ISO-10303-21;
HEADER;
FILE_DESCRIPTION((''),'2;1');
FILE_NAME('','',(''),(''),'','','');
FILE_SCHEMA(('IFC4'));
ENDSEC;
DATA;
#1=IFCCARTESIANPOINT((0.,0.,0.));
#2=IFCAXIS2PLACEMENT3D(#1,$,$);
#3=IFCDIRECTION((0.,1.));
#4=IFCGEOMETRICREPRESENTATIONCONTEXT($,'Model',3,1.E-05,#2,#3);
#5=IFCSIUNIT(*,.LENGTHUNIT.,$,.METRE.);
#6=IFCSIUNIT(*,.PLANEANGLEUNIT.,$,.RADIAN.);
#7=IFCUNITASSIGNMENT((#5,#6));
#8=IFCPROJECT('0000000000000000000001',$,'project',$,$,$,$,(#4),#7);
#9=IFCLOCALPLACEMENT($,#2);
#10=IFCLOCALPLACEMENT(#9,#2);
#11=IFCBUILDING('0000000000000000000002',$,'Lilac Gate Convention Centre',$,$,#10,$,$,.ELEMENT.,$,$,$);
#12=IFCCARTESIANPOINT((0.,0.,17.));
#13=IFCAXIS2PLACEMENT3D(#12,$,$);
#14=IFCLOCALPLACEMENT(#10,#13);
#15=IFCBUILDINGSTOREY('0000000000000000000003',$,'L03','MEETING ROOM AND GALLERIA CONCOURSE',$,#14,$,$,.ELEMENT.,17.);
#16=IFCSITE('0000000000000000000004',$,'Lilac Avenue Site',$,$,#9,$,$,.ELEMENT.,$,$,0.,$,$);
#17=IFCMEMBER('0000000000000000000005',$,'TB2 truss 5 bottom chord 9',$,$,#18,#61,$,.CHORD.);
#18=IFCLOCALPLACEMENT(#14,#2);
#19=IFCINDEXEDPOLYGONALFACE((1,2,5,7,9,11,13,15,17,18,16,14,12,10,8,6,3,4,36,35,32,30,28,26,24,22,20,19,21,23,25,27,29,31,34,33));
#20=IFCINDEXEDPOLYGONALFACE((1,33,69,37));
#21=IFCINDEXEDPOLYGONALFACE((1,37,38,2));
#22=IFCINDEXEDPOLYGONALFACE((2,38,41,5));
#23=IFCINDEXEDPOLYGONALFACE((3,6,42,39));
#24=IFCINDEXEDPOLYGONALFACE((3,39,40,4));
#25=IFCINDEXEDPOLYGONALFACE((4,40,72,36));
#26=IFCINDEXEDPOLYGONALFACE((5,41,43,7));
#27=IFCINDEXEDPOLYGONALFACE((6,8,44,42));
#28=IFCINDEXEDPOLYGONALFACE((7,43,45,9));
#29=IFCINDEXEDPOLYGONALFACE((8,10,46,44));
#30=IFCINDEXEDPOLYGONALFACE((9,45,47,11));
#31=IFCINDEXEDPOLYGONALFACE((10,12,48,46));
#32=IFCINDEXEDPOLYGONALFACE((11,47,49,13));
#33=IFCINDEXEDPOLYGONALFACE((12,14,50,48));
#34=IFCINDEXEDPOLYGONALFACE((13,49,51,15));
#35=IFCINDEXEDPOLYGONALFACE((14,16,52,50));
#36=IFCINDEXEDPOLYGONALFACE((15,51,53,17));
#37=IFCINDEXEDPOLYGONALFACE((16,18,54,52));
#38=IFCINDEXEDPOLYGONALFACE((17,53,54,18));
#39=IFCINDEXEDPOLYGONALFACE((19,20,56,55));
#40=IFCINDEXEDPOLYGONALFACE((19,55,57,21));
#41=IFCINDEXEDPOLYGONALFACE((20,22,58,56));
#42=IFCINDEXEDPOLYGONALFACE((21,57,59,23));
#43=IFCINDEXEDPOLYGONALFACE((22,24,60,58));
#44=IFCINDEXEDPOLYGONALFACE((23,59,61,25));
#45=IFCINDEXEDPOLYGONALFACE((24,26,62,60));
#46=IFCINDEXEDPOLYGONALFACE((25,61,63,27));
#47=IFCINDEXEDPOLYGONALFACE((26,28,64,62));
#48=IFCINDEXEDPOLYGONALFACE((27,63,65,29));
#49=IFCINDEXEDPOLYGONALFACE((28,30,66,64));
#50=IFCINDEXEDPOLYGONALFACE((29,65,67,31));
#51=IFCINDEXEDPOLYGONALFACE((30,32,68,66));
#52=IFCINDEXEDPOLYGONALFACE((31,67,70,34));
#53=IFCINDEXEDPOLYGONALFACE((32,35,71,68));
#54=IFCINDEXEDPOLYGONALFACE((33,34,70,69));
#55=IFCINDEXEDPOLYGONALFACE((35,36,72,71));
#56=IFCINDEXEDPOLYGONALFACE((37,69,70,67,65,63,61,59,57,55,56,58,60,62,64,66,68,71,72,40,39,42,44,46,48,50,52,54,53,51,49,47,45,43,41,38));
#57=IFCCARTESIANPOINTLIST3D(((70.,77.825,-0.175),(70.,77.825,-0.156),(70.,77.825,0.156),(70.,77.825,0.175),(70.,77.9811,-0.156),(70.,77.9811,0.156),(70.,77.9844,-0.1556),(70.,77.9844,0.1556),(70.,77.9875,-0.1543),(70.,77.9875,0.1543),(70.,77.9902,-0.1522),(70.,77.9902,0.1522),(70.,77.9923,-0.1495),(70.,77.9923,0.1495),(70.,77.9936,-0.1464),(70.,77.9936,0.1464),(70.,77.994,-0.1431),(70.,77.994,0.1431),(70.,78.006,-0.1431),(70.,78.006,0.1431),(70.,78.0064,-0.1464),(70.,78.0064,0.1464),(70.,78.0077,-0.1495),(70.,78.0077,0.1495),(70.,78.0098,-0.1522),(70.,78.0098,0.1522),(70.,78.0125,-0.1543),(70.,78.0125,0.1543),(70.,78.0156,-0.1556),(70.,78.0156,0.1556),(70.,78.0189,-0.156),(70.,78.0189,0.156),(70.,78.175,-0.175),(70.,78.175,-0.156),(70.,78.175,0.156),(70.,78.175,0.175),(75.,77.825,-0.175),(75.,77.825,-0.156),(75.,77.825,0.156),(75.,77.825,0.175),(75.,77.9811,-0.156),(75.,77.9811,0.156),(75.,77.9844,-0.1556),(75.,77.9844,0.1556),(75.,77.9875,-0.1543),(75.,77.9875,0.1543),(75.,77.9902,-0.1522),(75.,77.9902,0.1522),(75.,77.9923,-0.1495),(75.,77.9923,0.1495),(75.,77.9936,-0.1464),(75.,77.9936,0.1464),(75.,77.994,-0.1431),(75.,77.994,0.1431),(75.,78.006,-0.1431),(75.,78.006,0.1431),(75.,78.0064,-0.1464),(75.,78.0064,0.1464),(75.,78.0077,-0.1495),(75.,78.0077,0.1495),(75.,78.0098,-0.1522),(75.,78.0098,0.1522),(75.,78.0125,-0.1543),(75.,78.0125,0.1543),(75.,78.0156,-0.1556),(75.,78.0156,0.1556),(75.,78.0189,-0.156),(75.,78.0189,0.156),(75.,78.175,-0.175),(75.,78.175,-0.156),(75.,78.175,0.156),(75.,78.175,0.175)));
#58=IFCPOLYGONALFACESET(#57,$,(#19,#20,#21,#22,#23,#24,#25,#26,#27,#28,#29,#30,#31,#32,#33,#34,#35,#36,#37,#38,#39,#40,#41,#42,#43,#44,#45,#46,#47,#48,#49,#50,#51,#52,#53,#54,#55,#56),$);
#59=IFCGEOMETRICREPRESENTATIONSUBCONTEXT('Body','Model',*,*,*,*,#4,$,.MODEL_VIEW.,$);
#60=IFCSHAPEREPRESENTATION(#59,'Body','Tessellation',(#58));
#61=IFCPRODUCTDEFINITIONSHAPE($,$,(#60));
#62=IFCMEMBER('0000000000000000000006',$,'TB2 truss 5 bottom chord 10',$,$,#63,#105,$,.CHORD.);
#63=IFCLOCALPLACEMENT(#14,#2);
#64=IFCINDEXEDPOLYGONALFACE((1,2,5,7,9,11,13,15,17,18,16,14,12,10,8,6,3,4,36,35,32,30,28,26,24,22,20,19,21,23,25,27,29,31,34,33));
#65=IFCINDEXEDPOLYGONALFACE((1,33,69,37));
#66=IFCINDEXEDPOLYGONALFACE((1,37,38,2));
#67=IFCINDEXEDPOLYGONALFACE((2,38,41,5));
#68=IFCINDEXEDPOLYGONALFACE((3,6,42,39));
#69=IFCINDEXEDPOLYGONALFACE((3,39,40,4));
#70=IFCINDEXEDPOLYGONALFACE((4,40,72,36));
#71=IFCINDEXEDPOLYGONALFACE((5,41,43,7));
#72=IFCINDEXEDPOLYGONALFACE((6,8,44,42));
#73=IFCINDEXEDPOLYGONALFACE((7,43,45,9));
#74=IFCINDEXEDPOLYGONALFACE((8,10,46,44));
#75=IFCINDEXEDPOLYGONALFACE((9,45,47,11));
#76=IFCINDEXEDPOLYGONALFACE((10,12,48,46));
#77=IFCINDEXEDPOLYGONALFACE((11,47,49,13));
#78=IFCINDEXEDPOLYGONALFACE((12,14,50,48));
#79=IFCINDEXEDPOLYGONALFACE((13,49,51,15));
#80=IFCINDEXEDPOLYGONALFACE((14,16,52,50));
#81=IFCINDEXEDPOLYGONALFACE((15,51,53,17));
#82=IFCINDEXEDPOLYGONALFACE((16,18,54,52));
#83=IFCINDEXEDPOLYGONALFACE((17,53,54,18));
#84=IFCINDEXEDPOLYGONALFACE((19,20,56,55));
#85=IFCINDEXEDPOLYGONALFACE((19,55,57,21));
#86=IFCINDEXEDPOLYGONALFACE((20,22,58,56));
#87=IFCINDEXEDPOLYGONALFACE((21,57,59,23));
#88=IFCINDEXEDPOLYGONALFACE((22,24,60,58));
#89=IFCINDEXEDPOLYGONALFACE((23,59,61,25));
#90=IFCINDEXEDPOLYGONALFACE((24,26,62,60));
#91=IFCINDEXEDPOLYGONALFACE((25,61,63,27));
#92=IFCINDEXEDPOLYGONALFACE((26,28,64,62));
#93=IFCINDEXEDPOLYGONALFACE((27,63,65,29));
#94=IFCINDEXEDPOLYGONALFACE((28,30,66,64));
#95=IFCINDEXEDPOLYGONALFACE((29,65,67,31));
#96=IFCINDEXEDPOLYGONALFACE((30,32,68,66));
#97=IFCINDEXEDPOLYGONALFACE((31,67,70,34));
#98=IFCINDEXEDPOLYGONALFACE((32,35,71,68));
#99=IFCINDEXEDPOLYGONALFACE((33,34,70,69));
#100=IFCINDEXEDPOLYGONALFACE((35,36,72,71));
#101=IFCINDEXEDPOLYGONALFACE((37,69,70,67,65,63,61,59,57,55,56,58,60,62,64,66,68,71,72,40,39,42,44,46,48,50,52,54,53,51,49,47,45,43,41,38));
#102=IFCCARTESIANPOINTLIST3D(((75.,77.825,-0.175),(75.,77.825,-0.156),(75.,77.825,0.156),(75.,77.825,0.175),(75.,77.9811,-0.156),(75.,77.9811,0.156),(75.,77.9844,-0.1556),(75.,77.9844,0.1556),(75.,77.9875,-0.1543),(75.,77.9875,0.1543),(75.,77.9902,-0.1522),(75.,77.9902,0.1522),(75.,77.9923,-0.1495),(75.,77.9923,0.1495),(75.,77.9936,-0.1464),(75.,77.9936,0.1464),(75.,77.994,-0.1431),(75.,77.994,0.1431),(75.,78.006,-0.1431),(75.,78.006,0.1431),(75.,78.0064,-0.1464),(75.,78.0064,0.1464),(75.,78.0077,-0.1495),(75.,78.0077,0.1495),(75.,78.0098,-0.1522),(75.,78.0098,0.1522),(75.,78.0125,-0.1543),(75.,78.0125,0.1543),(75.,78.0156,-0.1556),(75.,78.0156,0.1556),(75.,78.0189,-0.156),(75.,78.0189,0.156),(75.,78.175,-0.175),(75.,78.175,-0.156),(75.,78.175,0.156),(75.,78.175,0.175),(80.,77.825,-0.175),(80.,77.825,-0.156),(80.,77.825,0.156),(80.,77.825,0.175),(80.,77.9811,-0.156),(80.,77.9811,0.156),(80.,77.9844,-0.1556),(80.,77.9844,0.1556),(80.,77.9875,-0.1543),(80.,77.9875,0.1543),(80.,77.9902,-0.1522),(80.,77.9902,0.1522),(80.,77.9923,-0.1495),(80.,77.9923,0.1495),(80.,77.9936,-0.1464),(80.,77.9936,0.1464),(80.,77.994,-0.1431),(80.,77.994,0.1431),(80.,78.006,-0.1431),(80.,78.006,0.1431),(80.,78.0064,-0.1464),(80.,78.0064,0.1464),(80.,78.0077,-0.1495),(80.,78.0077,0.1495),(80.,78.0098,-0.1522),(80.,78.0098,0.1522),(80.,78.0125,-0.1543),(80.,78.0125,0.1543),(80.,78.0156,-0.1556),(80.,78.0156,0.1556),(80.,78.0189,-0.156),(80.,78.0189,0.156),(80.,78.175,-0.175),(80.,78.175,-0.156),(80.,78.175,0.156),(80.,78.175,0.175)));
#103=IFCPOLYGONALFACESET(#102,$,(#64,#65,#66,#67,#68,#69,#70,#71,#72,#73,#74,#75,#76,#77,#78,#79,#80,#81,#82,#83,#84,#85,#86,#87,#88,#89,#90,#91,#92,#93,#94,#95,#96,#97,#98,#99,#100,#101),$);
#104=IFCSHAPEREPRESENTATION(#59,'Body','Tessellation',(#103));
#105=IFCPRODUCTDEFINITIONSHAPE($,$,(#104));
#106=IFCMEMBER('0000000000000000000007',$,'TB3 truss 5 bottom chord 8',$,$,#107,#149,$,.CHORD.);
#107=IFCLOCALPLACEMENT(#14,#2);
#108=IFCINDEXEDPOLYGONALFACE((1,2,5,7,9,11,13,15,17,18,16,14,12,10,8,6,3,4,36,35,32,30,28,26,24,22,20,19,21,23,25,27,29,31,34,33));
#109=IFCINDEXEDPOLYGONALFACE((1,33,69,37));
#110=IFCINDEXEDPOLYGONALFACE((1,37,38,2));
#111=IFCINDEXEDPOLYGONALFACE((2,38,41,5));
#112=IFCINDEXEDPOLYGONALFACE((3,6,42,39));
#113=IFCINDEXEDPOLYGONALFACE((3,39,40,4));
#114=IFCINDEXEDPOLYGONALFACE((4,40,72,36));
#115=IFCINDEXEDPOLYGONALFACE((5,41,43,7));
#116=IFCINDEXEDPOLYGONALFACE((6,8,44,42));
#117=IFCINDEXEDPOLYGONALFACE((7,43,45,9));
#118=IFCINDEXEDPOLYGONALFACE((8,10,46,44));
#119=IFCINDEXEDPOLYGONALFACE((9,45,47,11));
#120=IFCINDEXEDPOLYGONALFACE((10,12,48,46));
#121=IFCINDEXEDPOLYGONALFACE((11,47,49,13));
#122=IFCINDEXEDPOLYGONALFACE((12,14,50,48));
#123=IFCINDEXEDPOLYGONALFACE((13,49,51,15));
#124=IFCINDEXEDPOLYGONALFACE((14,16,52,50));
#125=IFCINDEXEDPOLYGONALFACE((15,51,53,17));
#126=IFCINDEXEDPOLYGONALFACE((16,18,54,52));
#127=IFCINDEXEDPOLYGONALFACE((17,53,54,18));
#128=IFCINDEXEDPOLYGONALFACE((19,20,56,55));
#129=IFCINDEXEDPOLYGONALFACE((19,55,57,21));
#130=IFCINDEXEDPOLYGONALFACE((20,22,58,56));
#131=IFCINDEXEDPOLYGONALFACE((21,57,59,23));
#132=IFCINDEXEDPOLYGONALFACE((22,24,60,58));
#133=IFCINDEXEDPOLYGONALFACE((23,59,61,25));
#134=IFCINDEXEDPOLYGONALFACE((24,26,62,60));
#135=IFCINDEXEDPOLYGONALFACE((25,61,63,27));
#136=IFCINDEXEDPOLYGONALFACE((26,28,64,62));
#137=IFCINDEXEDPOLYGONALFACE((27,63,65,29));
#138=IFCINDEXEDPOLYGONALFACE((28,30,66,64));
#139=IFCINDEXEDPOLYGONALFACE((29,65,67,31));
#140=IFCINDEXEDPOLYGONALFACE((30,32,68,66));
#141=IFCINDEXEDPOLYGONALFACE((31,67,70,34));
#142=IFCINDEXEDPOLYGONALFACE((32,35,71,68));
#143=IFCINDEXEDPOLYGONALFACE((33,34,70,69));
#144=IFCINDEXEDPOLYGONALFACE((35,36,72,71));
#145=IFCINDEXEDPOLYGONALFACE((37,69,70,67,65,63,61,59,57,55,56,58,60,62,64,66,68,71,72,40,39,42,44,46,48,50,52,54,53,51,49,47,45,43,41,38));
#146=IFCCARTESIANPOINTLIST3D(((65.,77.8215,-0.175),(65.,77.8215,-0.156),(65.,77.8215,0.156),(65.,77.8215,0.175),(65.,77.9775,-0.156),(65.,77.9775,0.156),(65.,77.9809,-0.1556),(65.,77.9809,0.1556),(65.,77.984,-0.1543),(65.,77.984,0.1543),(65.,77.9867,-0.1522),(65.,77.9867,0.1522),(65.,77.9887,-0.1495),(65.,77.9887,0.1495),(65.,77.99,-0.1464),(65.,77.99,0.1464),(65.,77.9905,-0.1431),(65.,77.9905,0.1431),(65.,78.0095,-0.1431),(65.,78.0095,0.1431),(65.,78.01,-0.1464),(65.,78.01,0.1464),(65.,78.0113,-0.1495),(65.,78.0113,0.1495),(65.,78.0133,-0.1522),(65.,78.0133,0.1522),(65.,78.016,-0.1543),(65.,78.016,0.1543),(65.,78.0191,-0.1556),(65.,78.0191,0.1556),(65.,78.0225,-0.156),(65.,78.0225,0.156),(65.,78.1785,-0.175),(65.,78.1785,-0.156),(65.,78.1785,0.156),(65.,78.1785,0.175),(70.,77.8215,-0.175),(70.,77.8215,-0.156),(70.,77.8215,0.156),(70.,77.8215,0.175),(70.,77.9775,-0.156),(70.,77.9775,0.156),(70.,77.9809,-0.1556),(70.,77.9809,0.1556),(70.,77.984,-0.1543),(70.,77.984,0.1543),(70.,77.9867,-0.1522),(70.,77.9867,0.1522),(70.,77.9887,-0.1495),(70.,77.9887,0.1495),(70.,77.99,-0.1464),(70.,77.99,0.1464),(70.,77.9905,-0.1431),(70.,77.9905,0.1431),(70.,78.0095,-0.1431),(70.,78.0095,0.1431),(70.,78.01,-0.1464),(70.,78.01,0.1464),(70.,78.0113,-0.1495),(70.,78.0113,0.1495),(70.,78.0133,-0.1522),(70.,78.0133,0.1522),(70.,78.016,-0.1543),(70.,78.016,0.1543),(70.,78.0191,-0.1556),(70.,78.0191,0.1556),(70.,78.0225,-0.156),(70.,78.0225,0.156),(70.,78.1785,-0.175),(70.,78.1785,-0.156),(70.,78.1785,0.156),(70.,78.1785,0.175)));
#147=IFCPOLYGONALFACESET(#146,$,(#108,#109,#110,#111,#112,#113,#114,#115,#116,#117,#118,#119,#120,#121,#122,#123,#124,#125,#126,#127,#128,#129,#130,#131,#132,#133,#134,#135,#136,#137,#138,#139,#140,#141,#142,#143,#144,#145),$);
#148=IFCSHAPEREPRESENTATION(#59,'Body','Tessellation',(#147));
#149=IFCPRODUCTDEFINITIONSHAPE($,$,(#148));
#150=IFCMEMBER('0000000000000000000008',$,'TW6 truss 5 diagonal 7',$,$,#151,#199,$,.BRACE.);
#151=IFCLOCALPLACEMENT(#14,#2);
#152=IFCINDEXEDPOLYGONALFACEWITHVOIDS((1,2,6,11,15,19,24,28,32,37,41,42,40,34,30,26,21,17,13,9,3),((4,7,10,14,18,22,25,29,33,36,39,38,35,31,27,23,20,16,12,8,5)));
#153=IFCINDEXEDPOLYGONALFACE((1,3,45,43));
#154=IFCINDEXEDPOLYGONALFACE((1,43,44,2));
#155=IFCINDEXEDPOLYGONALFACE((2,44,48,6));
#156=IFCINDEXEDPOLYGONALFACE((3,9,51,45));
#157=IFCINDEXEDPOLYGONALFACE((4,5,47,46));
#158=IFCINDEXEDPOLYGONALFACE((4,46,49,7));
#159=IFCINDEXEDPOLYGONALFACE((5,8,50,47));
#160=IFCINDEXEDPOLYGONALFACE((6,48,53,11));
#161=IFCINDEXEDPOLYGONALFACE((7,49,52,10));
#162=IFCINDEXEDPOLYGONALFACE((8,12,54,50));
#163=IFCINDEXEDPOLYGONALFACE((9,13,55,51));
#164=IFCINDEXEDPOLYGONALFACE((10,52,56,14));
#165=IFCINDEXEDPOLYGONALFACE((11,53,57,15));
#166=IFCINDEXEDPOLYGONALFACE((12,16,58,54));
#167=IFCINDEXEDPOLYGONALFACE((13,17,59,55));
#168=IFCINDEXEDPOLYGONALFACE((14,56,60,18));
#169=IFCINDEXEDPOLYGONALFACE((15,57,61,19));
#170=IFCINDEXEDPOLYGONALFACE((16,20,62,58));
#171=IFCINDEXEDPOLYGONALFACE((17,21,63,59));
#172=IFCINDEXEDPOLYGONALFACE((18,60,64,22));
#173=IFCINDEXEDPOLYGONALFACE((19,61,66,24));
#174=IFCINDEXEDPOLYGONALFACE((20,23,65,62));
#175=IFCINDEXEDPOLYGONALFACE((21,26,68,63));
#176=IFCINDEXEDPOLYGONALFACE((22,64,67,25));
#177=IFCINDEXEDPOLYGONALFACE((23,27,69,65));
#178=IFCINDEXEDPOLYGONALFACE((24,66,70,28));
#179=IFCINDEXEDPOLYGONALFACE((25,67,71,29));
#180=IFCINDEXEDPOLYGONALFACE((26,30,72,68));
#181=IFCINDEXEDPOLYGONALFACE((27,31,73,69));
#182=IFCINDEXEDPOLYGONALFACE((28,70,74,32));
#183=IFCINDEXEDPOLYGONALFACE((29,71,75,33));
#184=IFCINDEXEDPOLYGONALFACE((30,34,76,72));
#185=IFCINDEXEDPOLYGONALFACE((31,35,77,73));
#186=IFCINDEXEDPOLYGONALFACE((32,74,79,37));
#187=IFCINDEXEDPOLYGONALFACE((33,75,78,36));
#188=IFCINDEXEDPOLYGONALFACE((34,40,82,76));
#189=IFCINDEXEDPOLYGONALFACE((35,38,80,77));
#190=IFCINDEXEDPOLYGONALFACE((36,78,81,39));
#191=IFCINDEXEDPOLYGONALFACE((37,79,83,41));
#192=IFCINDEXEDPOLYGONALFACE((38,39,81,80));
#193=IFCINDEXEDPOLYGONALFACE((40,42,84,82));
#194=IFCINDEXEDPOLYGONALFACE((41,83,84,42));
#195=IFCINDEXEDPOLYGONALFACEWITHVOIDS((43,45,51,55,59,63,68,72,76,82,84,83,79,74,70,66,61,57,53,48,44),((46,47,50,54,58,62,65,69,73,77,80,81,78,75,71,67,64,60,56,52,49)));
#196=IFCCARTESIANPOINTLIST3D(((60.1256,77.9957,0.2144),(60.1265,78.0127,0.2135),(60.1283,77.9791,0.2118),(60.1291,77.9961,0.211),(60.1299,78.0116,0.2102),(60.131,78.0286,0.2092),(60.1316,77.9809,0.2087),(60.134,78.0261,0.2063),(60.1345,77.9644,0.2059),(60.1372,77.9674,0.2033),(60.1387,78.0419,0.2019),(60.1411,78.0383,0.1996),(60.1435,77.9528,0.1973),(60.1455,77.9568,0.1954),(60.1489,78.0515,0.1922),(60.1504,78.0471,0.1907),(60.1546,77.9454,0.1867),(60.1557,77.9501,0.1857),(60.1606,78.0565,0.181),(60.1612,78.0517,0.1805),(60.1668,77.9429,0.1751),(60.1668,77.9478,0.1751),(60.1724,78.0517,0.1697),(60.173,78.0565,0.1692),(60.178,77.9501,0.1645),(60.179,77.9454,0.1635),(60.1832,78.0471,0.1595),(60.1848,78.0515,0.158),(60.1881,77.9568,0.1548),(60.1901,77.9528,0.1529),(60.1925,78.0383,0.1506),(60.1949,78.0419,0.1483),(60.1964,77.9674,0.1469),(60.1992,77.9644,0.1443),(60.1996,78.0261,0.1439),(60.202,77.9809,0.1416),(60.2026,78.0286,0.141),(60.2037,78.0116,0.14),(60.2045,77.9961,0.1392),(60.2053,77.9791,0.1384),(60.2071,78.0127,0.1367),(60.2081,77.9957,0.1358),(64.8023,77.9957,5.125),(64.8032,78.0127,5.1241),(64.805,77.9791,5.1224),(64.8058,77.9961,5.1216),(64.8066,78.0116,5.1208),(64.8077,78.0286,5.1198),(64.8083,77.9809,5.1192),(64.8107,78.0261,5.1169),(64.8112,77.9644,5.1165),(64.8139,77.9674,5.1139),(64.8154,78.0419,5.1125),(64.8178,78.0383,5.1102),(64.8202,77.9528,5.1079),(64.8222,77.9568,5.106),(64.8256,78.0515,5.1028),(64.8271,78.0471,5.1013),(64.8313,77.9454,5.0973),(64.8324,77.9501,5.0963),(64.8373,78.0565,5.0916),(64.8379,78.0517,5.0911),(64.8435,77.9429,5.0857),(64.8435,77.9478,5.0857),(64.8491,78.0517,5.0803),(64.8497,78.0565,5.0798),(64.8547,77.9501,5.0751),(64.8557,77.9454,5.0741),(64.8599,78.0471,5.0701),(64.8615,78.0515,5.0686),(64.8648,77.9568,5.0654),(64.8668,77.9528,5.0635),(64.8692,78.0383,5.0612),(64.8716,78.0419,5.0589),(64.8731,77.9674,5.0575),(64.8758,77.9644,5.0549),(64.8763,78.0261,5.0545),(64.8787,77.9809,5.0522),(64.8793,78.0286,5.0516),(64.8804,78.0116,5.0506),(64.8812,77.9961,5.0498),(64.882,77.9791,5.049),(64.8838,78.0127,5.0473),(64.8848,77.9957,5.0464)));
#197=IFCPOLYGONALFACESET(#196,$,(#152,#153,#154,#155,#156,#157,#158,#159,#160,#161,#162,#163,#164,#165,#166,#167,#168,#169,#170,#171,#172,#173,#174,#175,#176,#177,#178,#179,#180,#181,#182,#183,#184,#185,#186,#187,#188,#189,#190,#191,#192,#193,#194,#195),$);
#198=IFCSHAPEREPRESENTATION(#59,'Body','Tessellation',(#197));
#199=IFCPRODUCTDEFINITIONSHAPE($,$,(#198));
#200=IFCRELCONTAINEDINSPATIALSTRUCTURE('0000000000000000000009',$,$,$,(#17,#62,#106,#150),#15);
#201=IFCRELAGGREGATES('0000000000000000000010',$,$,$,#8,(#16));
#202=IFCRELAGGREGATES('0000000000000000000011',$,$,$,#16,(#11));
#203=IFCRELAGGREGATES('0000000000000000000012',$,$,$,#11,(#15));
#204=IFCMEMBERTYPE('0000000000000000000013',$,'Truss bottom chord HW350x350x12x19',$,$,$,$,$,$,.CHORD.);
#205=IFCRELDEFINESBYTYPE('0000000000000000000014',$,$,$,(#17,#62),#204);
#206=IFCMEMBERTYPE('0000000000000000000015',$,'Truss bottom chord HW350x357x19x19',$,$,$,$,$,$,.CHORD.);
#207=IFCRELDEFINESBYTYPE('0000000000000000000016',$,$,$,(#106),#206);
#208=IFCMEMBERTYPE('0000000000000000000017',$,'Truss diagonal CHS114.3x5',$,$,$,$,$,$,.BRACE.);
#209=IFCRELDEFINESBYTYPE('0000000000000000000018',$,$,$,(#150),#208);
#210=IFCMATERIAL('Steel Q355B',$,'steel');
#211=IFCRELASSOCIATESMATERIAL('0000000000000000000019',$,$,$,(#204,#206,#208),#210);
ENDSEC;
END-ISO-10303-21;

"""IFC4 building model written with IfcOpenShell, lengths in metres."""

from ifc_helpers import new_model, si_unit, direction, frame, origin, origin_2d, place, context, subcontext, project, spatial, hollow_circle, i_section, extrude, material, material_profile, profile_set, type_object, element, save


model = new_model("IFC4")

# Units and contexts
model_context = context("Model", 3, precision=1e-05, world=origin(), true_north=direction((0.0, 1.0)))
body_context = subcontext(model_context, "Body", "Model", "MODEL_VIEW")
ifc_project = project(units=[si_unit("LENGTHUNIT", "METRE"), si_unit("PLANEANGLEUNIT", "RADIAN")], contexts=[model_context])

# Site, building, storey
site_placement = place(None, origin())
site = spatial("IfcSite", under=ifc_project, at=site_placement, Name="Lilac Avenue Site", CompositionType="ELEMENT", RefElevation=0.0)
building_placement = place(site_placement, origin())
building = spatial("IfcBuilding", under=site, at=building_placement, Name="Lilac Gate Convention Centre", CompositionType="ELEMENT")
storey_placement = place(building_placement, frame((0.0, 0.0, 17.0)))
storey = spatial("IfcBuildingStorey", under=building, at=storey_placement, Name="L03", Description="MEETING ROOM AND GALLERIA CONCOURSE", CompositionType="ELEMENT", Elevation=17.0)

# Members
ifc_material = material(Name="Steel Q355B", Category="steel")
ifc_material_profile_1 = material_profile(ifc_material, i_section(OverallWidth=0.3501, OverallDepth=0.3501, WebThickness=0.012, FlangeThickness=0.019, FilletRadius=0.0129, at=origin_2d()), Name="HW350x350x12x19")
ifc_profile_set_1 = profile_set([ifc_material_profile_1], Name="Steel Q355B")
member_type_1 = type_object("IfcMemberType", Name="Truss bottom chord HW350x350x12x19", PredefinedType="CHORD", material=ifc_profile_set_1)
for number, where, z_axis, x_axis, name in (
    (1, (70.0, 78.0, 0.0), (1.0, 0.0, 0.0), (0.0, 1.0, 0.0), "TB2 truss 5 bottom chord 9"),
    (2, (75.0, 78.0, 0.0), (1.0, 0.0, 0.0), (0.0, 1.0, 0.0), "TB2 truss 5 bottom chord 10"),
):
    element("IfcMember", number, at=place(storey_placement, frame(where, z_axis=z_axis, x_axis=x_axis)), inside=storey, type_object=member_type_1, Name=name, PredefinedType="CHORD", context=body_context, shape_type="SweptSolid", body=[
        extrude(i_section(OverallWidth=0.3501, OverallDepth=0.3501, WebThickness=0.012, FlangeThickness=0.019, FilletRadius=0.0129, at=origin_2d()), origin(), (0.0, 0.0, 1.0), 5.0),
    ])
ifc_material_profile_2 = material_profile(ifc_material, i_section(OverallWidth=0.3569, OverallDepth=0.3501, WebThickness=0.019, FlangeThickness=0.019, FilletRadius=0.0129, at=origin_2d()), Name="HW350x357x19x19")
ifc_profile_set_2 = profile_set([ifc_material_profile_2], Name="Steel Q355B")
member_type_2 = type_object("IfcMemberType", Name="Truss bottom chord HW350x357x19x19", PredefinedType="CHORD", material=ifc_profile_set_2)
member_1_placement = place(storey_placement, frame((65.0, 78.0, 0.0), z_axis=(1.0, 0.0, 0.0), x_axis=(0.0, 1.0, 0.0)))
element("IfcMember", 3, at=member_1_placement, inside=storey, type_object=member_type_2, Name="TB3 truss 5 bottom chord 8", PredefinedType="CHORD", context=body_context, shape_type="SweptSolid", body=[
    extrude(i_section(OverallWidth=0.3569, OverallDepth=0.3501, WebThickness=0.019, FlangeThickness=0.019, FilletRadius=0.0129, at=origin_2d()), origin(), (0.0, 0.0, 1.0), 5.0),
])
ifc_material_profile_3 = material_profile(ifc_material, hollow_circle(Radius=0.0571, WallThickness=0.0049, at=origin_2d()), Name="CHS114.3x5")
ifc_profile_set_3 = profile_set([ifc_material_profile_3], Name="Steel Q355B")
member_type_3 = type_object("IfcMemberType", Name="Truss diagonal CHS114.3x5", PredefinedType="BRACE", material=ifc_profile_set_3)
member_2_placement = place(storey_placement, frame((64.8435, 78.0, 5.0857), z_axis=(-0.689652, 0.0, -0.724141), x_axis=(0.0, -1.0, 0.0)))
element("IfcMember", 4, at=member_2_placement, inside=storey, type_object=member_type_3, Name="TW6 truss 5 diagonal 7", PredefinedType="BRACE", context=body_context, shape_type="SweptSolid", body=[
    extrude(hollow_circle(Radius=0.0571, WallThickness=0.0049, at=origin_2d()), origin(), (0.0, 0.0, 1.0), 6.7812),
])

save(model, "model.ifc")
